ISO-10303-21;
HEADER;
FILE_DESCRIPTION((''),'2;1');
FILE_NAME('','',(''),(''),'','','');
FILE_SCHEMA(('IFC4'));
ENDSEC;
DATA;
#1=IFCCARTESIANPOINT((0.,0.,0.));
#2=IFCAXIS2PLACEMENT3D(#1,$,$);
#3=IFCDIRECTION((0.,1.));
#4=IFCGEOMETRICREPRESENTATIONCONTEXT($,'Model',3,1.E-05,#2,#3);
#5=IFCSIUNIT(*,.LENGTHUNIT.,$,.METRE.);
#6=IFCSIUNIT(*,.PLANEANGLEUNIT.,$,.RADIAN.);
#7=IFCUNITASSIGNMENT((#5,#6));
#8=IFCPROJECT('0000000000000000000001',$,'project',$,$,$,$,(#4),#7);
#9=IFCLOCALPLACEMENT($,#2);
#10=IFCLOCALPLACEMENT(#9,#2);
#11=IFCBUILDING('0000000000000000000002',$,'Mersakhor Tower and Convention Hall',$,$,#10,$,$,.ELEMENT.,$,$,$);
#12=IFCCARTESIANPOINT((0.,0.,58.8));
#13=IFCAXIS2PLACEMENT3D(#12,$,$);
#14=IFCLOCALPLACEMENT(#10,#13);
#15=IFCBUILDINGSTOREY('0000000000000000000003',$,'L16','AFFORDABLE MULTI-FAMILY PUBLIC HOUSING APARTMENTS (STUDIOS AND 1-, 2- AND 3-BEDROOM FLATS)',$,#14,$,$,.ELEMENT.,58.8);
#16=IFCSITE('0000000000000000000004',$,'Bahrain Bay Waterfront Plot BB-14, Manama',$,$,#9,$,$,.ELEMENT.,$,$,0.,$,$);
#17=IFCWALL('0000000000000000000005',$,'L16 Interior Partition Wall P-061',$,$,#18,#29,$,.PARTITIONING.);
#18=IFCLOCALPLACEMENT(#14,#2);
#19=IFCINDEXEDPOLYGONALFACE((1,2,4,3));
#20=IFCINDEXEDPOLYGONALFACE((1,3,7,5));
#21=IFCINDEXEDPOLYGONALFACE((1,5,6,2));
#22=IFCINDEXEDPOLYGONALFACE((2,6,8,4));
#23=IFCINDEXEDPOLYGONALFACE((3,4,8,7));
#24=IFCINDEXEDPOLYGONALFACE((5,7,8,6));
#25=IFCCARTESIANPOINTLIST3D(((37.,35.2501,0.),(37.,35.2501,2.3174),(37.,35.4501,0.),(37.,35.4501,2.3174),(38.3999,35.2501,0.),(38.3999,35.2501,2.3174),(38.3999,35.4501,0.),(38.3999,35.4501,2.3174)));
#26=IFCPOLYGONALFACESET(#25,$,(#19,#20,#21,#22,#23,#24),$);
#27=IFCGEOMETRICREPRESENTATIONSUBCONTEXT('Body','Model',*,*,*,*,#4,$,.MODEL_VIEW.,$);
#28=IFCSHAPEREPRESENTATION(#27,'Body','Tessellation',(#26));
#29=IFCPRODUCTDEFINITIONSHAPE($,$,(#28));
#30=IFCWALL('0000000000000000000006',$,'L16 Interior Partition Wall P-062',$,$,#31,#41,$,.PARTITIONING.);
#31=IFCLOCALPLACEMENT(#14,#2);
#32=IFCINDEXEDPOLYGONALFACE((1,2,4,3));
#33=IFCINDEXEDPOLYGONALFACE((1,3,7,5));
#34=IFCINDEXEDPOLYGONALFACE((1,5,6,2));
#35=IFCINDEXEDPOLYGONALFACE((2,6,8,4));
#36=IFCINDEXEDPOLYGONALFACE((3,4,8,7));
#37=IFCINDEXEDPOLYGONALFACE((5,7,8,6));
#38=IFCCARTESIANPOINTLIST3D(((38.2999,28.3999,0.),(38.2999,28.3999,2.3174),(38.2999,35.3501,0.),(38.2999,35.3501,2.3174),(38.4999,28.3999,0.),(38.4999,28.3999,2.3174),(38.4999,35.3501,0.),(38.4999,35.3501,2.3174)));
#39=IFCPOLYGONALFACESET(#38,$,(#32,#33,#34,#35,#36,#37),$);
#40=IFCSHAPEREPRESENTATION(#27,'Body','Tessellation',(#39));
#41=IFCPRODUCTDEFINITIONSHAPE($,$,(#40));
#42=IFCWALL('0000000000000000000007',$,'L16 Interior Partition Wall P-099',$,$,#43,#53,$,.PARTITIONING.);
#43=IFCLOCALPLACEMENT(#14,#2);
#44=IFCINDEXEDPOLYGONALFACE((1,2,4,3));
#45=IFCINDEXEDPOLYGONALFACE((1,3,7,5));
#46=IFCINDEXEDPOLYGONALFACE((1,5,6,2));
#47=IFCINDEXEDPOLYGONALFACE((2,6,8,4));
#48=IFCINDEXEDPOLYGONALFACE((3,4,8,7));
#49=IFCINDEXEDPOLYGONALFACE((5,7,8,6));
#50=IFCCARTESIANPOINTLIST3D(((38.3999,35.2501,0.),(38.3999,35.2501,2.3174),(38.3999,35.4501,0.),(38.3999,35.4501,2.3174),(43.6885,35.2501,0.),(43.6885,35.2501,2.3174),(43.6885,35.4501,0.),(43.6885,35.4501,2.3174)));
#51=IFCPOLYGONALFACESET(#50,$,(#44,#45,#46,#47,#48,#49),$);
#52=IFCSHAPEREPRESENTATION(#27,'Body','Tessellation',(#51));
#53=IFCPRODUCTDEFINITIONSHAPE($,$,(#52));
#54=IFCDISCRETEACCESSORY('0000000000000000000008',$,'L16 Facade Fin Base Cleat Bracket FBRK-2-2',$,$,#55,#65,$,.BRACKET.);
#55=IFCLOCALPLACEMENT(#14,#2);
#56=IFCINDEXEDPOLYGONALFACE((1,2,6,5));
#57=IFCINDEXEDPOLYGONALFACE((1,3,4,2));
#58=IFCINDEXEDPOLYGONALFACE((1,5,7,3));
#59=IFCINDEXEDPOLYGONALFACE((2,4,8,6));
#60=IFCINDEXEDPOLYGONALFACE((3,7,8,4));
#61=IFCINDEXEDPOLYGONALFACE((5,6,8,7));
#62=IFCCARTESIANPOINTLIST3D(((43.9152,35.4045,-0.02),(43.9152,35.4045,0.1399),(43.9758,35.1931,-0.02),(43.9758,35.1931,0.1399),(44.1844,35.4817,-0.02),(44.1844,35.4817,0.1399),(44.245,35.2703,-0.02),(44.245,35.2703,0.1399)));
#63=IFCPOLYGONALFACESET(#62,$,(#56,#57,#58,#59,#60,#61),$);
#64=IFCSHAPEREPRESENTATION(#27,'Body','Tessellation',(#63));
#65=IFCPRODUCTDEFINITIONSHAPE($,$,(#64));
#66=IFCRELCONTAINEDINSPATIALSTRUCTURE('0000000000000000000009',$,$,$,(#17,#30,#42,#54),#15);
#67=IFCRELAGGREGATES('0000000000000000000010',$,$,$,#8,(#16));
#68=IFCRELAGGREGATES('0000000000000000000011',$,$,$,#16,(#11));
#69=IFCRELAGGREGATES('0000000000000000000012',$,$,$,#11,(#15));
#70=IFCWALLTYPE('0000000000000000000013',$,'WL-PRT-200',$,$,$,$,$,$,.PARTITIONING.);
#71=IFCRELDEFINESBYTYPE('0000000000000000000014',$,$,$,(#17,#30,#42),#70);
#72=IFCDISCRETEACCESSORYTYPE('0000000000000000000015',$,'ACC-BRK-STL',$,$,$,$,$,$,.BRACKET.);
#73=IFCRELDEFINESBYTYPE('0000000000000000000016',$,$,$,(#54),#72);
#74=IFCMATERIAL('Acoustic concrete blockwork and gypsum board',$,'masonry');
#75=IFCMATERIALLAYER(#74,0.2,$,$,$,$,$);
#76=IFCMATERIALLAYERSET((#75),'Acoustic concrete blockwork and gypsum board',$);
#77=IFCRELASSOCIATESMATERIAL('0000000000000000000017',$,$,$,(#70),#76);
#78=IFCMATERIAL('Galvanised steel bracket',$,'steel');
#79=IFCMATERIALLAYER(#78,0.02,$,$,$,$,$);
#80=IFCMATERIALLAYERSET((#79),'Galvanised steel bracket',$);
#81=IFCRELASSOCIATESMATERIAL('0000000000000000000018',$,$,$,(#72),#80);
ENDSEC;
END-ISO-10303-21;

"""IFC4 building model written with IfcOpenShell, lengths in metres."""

from ifc_helpers import new_model, si_unit, direction, frame, frame_2d, origin, origin_2d, place, context, subcontext, project, spatial, rectangle, extrude, material, layer, layer_set, type_object, element, save


model = new_model("IFC4")

# Units and contexts
model_context = context("Model", 3, precision=1e-05, world=origin(), true_north=direction((0.0, 1.0)))
body_context = subcontext(model_context, "Body", "Model", "MODEL_VIEW")
ifc_project = project(units=[si_unit("LENGTHUNIT", "METRE"), si_unit("PLANEANGLEUNIT", "RADIAN")], contexts=[model_context])

# Site, building, storey
site_placement = place(None, origin())
site = spatial("IfcSite", under=ifc_project, at=site_placement, Name="Bahrain Bay Waterfront Plot BB-14, Manama", CompositionType="ELEMENT", RefElevation=0.0)
building_placement = place(site_placement, origin())
building = spatial("IfcBuilding", under=site, at=building_placement, Name="Mersakhor Tower and Convention Hall", CompositionType="ELEMENT")
storey_placement = place(building_placement, frame((0.0, 0.0, 58.8)))
storey = spatial("IfcBuildingStorey", under=building, at=storey_placement, Name="L16", Description="AFFORDABLE MULTI-FAMILY PUBLIC HOUSING APARTMENTS (STUDIOS AND 1-, 2- AND 3-BEDROOM FLATS)", CompositionType="ELEMENT", Elevation=58.8)

# Shared definitions
ifc_material_1 = material(Name="Acoustic concrete blockwork and gypsum board", Category="masonry")
ifc_layer_1 = layer(ifc_material_1, 0.2)
ifc_layer_set_1 = layer_set([ifc_layer_1], Name="Acoustic concrete blockwork and gypsum board")
wall_type_1 = type_object("IfcWallType", Name="WL-PRT-200", PredefinedType="PARTITIONING", material=ifc_layer_set_1)

# Walls
wall_1_placement = place(storey_placement, frame((37.0, 35.3501, 0.0), z_axis=(0.0, 0.0, 1.0), x_axis=(1.0, 0.0, 0.0)))
element("IfcWall", 1, at=wall_1_placement, inside=storey, type_object=wall_type_1, Name="L16 Interior Partition Wall P-061", PredefinedType="PARTITIONING", context=body_context, shape_type="SweptSolid", body=[
    extrude(rectangle(XDim=1.3999, YDim=0.2, at=frame_2d((0.7, 0.0))), origin(), (0.0, 0.0, 1.0), 2.3174),
])
wall_2_placement = place(storey_placement, frame((38.3999, 35.3501, 0.0), z_axis=(0.0, 0.0, 1.0), x_axis=(0.0, -1.0, 0.0)))
element("IfcWall", 2, at=wall_2_placement, inside=storey, type_object=wall_type_1, Name="L16 Interior Partition Wall P-062", PredefinedType="PARTITIONING", context=body_context, shape_type="SweptSolid", body=[
    extrude(rectangle(XDim=6.9502, YDim=0.2, at=frame_2d((3.4751, 0.0))), origin(), (0.0, 0.0, 1.0), 2.3174),
])
wall_3_placement = place(storey_placement, frame((43.6885, 35.3501, 0.0), z_axis=(0.0, 0.0, 1.0), x_axis=(-1.0, 0.0, 0.0)))
element("IfcWall", 3, at=wall_3_placement, inside=storey, type_object=wall_type_1, Name="L16 Interior Partition Wall P-099", PredefinedType="PARTITIONING", context=body_context, shape_type="SweptSolid", body=[
    extrude(rectangle(XDim=5.2886, YDim=0.2, at=frame_2d((2.6443, 0.0))), origin(), (0.0, 0.0, 1.0), 2.3174),
])

# Discrete accessory
ifc_material_2 = material(Name="Galvanised steel bracket", Category="steel")
ifc_layer_2 = layer(ifc_material_2, 0.02)
ifc_layer_set_2 = layer_set([ifc_layer_2], Name="Galvanised steel bracket")
discrete_accessory_type = type_object("IfcDiscreteAccessoryType", Name="ACC-BRK-STL", PredefinedType="BRACKET", material=ifc_layer_set_2)
discrete_accessory_placement = place(storey_placement, frame((44.0801, 35.3374, -0.02), z_axis=(0.0, 0.0, 1.0), x_axis=(0.961262, 0.275637, 0.0)))
element("IfcDiscreteAccessory", 4, at=discrete_accessory_placement, inside=storey, type_object=discrete_accessory_type, Name="L16 Facade Fin Base Cleat Bracket FBRK-2-2", PredefinedType="BRACKET", context=body_context, shape_type="SweptSolid", body=[
    extrude(rectangle(XDim=0.28, YDim=0.22, at=origin_2d()), origin(), (0.0, 0.0, 1.0), 0.1599),
])

save(model, "model.ifc")
